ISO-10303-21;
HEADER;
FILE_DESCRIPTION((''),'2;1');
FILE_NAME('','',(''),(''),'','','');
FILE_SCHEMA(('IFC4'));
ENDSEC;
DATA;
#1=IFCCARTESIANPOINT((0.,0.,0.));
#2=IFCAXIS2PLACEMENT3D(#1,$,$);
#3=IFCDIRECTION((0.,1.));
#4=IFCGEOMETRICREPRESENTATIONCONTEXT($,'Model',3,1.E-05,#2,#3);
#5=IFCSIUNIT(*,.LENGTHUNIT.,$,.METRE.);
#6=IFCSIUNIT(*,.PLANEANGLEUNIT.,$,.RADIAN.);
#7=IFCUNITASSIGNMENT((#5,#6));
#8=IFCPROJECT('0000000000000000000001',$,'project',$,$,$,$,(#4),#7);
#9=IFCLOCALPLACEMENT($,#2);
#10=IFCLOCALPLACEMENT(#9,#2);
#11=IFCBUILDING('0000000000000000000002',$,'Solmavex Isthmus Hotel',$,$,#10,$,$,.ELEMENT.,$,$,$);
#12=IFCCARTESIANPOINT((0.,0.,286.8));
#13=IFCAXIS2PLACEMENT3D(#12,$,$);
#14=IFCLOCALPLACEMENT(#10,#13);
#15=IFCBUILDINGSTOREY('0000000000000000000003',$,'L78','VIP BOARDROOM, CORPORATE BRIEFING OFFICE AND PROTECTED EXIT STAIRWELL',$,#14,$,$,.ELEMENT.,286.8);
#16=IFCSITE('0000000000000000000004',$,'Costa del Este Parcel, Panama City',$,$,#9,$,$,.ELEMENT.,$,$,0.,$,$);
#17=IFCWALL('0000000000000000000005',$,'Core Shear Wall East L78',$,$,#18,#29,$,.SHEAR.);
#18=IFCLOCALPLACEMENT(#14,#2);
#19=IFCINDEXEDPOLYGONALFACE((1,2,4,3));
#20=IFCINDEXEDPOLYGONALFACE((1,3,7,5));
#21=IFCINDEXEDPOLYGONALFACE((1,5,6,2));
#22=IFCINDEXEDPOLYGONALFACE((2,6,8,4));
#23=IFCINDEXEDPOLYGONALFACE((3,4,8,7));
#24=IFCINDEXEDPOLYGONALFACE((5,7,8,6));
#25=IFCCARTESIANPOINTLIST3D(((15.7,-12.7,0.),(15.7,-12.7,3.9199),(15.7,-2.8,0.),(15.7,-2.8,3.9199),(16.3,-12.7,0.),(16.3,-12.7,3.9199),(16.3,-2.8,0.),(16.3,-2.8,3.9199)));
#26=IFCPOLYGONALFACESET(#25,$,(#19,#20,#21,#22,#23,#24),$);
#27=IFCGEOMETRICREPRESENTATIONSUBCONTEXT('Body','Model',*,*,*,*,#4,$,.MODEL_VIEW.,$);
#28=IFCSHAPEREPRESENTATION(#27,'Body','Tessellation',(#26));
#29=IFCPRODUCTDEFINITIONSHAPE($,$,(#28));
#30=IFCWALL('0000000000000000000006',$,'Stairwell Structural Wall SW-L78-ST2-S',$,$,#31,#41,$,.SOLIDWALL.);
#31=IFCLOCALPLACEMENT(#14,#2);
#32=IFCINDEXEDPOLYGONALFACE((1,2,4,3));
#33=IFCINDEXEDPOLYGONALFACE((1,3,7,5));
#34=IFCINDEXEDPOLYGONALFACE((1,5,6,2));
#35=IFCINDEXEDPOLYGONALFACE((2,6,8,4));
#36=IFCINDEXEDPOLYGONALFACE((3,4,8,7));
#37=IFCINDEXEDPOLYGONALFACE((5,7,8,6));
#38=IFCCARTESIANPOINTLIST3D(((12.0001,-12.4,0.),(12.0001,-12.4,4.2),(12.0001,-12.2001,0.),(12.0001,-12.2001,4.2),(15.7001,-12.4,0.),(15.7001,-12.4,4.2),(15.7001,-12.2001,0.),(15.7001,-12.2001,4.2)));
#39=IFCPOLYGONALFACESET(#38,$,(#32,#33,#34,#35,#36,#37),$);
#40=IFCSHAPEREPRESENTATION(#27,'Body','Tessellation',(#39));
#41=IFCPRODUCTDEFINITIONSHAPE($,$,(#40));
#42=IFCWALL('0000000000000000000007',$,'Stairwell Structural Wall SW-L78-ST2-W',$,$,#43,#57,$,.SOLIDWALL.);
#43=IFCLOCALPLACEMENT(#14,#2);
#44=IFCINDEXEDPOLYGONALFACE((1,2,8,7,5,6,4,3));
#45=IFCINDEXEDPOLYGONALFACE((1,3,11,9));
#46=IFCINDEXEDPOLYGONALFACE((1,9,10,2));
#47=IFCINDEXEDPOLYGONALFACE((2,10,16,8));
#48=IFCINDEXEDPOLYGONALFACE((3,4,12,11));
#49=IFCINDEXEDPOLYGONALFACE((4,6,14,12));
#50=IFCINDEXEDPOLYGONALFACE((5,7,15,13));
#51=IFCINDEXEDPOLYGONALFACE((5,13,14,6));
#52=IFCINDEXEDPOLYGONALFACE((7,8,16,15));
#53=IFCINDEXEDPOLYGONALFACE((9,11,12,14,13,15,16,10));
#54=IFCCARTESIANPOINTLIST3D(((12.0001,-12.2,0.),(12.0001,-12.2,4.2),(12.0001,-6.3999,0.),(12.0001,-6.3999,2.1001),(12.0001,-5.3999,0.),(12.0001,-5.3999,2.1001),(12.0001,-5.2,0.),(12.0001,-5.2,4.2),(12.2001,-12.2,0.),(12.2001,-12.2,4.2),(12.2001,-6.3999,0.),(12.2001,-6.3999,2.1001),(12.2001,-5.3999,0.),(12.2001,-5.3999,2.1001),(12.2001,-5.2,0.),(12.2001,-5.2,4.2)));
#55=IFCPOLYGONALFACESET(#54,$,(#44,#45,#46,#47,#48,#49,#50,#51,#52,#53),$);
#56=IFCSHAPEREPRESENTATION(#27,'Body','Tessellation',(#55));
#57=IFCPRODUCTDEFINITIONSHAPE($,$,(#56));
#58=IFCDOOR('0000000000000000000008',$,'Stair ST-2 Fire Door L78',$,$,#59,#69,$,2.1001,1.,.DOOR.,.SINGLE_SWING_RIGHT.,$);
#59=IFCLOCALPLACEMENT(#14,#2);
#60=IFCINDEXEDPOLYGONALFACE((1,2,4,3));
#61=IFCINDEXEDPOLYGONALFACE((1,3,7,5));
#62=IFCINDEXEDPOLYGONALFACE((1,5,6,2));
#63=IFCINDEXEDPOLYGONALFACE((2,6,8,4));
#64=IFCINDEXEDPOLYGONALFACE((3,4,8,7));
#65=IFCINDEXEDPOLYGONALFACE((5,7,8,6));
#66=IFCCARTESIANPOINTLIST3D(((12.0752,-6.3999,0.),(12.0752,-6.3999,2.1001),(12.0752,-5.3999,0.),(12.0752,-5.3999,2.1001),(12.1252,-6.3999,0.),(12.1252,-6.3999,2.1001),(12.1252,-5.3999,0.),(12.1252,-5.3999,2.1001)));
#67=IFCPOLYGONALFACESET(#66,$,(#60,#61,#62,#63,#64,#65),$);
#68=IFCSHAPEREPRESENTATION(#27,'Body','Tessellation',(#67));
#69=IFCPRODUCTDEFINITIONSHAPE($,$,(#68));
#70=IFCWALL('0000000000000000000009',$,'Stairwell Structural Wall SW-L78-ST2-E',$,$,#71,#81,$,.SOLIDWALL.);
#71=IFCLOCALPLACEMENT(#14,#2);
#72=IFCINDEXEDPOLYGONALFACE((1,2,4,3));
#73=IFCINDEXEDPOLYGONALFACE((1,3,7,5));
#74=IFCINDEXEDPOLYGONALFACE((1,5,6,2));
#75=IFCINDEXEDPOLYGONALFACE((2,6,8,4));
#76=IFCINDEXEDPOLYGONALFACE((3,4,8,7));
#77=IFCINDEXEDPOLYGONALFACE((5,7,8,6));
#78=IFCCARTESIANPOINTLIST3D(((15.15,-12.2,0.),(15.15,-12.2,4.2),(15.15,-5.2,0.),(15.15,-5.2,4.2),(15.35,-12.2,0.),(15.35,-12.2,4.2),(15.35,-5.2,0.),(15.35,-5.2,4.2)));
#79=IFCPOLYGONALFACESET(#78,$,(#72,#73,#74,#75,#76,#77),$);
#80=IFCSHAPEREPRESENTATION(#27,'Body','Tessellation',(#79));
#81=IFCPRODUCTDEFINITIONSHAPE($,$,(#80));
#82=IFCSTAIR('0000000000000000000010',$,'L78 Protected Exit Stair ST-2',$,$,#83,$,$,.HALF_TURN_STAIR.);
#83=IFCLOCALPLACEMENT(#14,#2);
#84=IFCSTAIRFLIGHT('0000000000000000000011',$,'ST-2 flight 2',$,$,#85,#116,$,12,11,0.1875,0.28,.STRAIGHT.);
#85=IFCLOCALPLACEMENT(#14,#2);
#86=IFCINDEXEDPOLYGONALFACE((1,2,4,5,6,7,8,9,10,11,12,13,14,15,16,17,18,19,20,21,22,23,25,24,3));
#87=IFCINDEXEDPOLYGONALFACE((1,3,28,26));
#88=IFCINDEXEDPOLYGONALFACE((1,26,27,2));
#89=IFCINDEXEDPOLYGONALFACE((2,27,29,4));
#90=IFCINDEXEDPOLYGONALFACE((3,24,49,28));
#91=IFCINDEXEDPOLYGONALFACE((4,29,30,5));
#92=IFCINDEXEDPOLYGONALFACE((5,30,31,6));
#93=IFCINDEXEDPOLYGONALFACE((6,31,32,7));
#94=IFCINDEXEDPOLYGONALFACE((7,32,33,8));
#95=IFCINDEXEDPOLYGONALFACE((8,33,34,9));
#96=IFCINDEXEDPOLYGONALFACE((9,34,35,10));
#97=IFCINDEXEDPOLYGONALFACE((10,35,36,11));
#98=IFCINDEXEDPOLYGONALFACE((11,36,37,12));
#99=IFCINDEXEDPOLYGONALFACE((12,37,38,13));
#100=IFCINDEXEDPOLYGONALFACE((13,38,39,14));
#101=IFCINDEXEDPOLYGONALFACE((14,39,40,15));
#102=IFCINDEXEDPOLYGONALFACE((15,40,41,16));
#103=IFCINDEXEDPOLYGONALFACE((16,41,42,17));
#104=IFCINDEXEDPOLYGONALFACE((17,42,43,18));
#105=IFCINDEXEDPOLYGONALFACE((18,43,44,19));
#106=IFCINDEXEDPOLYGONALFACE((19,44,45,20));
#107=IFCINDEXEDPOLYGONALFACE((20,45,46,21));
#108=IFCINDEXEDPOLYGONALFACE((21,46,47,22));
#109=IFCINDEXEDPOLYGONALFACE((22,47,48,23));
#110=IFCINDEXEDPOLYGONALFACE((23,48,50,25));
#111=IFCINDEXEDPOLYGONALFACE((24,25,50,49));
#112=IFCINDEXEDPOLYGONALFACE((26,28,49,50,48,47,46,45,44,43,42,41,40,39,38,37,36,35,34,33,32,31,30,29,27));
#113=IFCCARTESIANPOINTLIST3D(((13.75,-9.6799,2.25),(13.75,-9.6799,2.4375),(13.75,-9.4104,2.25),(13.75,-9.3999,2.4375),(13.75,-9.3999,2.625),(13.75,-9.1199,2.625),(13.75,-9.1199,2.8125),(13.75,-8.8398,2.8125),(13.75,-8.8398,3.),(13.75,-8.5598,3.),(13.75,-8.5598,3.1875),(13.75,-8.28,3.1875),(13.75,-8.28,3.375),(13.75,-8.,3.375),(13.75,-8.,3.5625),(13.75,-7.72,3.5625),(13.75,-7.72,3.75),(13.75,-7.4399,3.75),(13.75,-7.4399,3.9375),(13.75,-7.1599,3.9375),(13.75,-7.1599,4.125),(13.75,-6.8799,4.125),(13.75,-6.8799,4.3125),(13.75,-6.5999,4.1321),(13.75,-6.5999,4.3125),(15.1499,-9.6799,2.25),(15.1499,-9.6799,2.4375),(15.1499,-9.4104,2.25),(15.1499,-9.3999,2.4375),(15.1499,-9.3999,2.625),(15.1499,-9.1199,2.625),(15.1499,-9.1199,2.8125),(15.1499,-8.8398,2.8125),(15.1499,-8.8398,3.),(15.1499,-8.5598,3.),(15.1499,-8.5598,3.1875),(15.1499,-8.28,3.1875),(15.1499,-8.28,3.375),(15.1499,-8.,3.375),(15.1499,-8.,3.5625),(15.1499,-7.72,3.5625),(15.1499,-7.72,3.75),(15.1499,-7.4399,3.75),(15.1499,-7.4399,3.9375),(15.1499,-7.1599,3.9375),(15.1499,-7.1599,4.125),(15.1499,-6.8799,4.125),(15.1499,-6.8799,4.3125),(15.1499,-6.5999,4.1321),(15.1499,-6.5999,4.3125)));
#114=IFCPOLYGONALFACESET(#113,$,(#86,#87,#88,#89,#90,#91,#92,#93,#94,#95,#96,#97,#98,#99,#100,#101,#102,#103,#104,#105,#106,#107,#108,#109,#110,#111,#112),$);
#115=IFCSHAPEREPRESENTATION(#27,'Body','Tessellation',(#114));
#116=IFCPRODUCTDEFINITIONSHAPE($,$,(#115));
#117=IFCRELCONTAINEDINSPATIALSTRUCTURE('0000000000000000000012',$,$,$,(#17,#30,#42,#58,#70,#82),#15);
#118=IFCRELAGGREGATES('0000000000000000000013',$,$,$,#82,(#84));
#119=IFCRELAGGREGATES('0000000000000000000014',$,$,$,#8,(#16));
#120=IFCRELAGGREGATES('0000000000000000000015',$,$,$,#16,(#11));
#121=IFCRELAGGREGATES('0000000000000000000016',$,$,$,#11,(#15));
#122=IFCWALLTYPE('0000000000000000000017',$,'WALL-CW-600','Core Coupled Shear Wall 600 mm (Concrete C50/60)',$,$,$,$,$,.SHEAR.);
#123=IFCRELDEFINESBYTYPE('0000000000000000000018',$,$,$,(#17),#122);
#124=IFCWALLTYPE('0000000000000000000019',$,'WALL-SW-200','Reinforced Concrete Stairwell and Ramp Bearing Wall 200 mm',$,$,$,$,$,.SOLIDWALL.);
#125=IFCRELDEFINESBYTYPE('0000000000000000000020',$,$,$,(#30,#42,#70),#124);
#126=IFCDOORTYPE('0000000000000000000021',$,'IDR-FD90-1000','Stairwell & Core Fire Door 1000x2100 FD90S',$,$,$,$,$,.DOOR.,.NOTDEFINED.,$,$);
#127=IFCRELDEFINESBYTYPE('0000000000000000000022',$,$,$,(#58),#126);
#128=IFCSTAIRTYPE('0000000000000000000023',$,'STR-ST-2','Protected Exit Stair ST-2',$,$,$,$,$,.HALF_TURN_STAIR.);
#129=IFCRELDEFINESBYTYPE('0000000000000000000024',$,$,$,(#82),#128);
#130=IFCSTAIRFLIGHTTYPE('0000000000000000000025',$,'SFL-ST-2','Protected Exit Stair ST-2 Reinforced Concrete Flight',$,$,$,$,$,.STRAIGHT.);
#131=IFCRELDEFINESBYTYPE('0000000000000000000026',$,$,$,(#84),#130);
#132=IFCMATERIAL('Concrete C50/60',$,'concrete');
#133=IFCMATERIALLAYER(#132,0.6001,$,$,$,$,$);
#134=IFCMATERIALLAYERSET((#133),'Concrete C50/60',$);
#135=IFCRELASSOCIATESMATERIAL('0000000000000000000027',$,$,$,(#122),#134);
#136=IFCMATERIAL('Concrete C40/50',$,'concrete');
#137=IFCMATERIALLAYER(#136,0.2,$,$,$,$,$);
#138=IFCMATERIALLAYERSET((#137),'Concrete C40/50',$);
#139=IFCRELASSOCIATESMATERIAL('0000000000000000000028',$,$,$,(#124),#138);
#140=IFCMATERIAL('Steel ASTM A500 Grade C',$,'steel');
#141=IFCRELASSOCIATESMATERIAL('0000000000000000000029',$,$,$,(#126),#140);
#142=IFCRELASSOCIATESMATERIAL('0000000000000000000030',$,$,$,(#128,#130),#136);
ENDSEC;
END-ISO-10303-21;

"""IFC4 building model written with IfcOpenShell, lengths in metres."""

from ifc_helpers import new_model, si_unit, direction, frame, frame_2d, origin, place, context, subcontext, project, spatial, polyline, rectangle, outline, extrude, material, layer, layer_set, type_object, element, fill, aggregate, save


model = new_model("IFC4")

# Units and contexts
model_context = context("Model", 3, precision=1e-05, world=origin(), true_north=direction((0.0, 1.0)))
body_context = subcontext(model_context, "Body", "Model", "MODEL_VIEW")
ifc_project = project(units=[si_unit("LENGTHUNIT", "METRE"), si_unit("PLANEANGLEUNIT", "RADIAN")], contexts=[model_context])

# Site, building, storey
site_placement = place(None, origin())
site = spatial("IfcSite", under=ifc_project, at=site_placement, Name="Costa del Este Parcel, Panama City", CompositionType="ELEMENT", RefElevation=0.0)
building_placement = place(site_placement, origin())
building = spatial("IfcBuilding", under=site, at=building_placement, Name="Solmavex Isthmus Hotel", CompositionType="ELEMENT")
storey_placement = place(building_placement, frame((0.0, 0.0, 286.8)))
storey = spatial("IfcBuildingStorey", under=building, at=storey_placement, Name="L78", Description="VIP BOARDROOM, CORPORATE BRIEFING OFFICE AND PROTECTED EXIT STAIRWELL", CompositionType="ELEMENT", Elevation=286.8)

# Shared definitions
ifc_material_1 = material(Name="Concrete C50/60", Category="concrete")

# Shared definitions
ifc_material_2 = material(Name="Steel ASTM A500 Grade C", Category="steel")

# Walls
ifc_layer_1 = layer(ifc_material_1, 0.6001)
ifc_layer_set_1 = layer_set([ifc_layer_1], Name="Concrete C50/60")
wall_type_1 = type_object("IfcWallType", Name="WALL-CW-600", Description="Core Coupled Shear Wall 600 mm (Concrete C50/60)", PredefinedType="SHEAR", material=ifc_layer_set_1)
wall_1_placement = place(storey_placement, frame((16.0, -12.7, 0.0), z_axis=(0.0, 0.0, 1.0), x_axis=(0.0, 1.0, 0.0)))
element("IfcWall", 1, at=wall_1_placement, inside=storey, type_object=wall_type_1, Name="Core Shear Wall East L78", PredefinedType="SHEAR", context=body_context, shape_type="SweptSolid", body=[
    extrude(rectangle(XDim=9.8999, YDim=0.6001, at=frame_2d((4.95, 0.0))), origin(), (0.0, 0.0, 1.0), 3.9199),
])
ifc_material_3 = material(Name="Concrete C40/50", Category="concrete")
ifc_layer_2 = layer(ifc_material_3, 0.2)
ifc_layer_set_2 = layer_set([ifc_layer_2], Name="Concrete C40/50")
wall_type_2 = type_object("IfcWallType", Name="WALL-SW-200", Description="Reinforced Concrete Stairwell and Ramp Bearing Wall 200 mm", PredefinedType="SOLIDWALL", material=ifc_layer_set_2)
wall_2_placement = place(storey_placement, frame((12.0, -12.3, 0.0), z_axis=(0.0, 0.0, 1.0), x_axis=(1.0, 0.0, 0.0)))
element("IfcWall", 2, at=wall_2_placement, inside=storey, type_object=wall_type_2, Name="Stairwell Structural Wall SW-L78-ST2-S", PredefinedType="SOLIDWALL", context=body_context, shape_type="SweptSolid", body=[
    extrude(rectangle(XDim=3.7, YDim=0.2, at=frame_2d((1.8501, 0.0))), origin(), (0.0, 0.0, 1.0), 4.2),
])

# Wall, opening, door
wall_3_placement = place(storey_placement, frame((12.1001, -12.2, 0.0), z_axis=(0.0, 0.0, 1.0), x_axis=(0.0, 1.0, 0.0)))
wall_3 = element("IfcWall", 3, at=wall_3_placement, inside=storey, type_object=wall_type_2, Name="Stairwell Structural Wall SW-L78-ST2-W", PredefinedType="SOLIDWALL", context=body_context, shape_type="SweptSolid", body=[
    extrude(rectangle(XDim=7.0, YDim=0.2, at=frame_2d((3.5, 0.0))), origin(), (0.0, 0.0, 1.0), 4.2),
])
opening_1_placement = place(wall_3_placement, frame((5.8, 0.0, 0.0)))
opening_1 = element("IfcOpeningElement", 4, at=opening_1_placement, cuts=wall_3, PredefinedType="OPENING", context=body_context, shape_type="SweptSolid", body=[
    extrude(rectangle(XDim=1.0, YDim=2.1001, at=frame_2d((0.5, 1.05))), frame((0.0, 0.1099, 0.0), z_axis=(0.0, -1.0, 0.0), x_axis=(1.0, 0.0, 0.0)), (0.0, 0.0, 1.0), 0.22),
])
door_type_1 = type_object("IfcDoorType", Name="IDR-FD90-1000", Description="Stairwell & Core Fire Door 1000x2100 FD90S", OperationType="NOTDEFINED", PredefinedType="DOOR", material=ifc_material_2)
door_1_placement = place(opening_1_placement, origin())
door_1 = element("IfcDoor", 5, at=door_1_placement, inside=storey, type_object=door_type_1, Name="Stair ST-2 Fire Door L78", OperationType="SINGLE_SWING_RIGHT", OverallHeight=2.1001, OverallWidth=1.0, PredefinedType="DOOR", context=body_context, shape_type="SweptSolid", body=[
    extrude(rectangle(XDim=1.0, YDim=2.1001, at=frame_2d((0.5, 1.05))), frame((0.0, 0.0249, 0.0), z_axis=(0.0, -1.0, 0.0), x_axis=(1.0, 0.0, 0.0)), (0.0, 0.0, 1.0), 0.05),
])
fill(opening_1, door_1)

# Wall
wall_4_placement = place(storey_placement, frame((15.25, -12.2, 0.0), z_axis=(0.0, 0.0, 1.0), x_axis=(0.0, 1.0, 0.0)))
element("IfcWall", 6, at=wall_4_placement, inside=storey, type_object=wall_type_2, Name="Stairwell Structural Wall SW-L78-ST2-E", PredefinedType="SOLIDWALL", context=body_context, shape_type="SweptSolid", body=[
    extrude(rectangle(XDim=7.0, YDim=0.2, at=frame_2d((3.5, 0.0))), origin(), (0.0, 0.0, 1.0), 4.2),
])

# Stair, stair flight
stair_type = type_object("IfcStairType", Name="STR-ST-2", Description="Protected Exit Stair ST-2", PredefinedType="HALF_TURN_STAIR", material=ifc_material_3)
stair_placement = place(storey_placement, origin())
stair = element("IfcStair", 7, at=stair_placement, inside=storey, type_object=stair_type, Name="L78 Protected Exit Stair ST-2", PredefinedType="HALF_TURN_STAIR")
stair_flight_type = type_object("IfcStairFlightType", Name="SFL-ST-2", Description="Protected Exit Stair ST-2 Reinforced Concrete Flight", PredefinedType="STRAIGHT", material=ifc_material_3)
stair_flight_placement = place(storey_placement, frame((14.45, -9.6799, 2.25), z_axis=(0.0, 0.0, 1.0), x_axis=(0.0, 1.0, 0.0)))
stair_flight = element("IfcStairFlight", 8, at=stair_flight_placement, type_object=stair_flight_type, Name="ST-2 flight 2", NumberOfRisers=12, NumberOfTreads=11, PredefinedType="STRAIGHT", RiserHeight=0.1875, TreadLength=0.28, context=body_context, shape_type="SweptSolid", body=[
    extrude(outline(polyline([(0.0, 0.0), (0.0, 0.1875), (0.28, 0.1875), (0.28, 0.375), (0.5601, 0.375), (0.5601, 0.5625), (0.8401, 0.5625), (0.8401, 0.75), (1.1201, 0.75), (1.1201, 0.9375), (1.3999, 0.9375), (1.3999, 1.125), (1.6799, 1.125), (1.6799, 1.3125), (1.96, 1.3125), (1.96, 1.5), (2.24, 1.5), (2.24, 1.6875), (2.52, 1.6875), (2.52, 1.875), (2.8, 1.875), (2.8, 2.0625), (3.0801, 2.0625), (3.0801, 2.25), (3.0801, 1.8821), (0.2695, 0.0), (0.0, 0.0)])), frame((0.0, 0.7, 0.0), z_axis=(0.0, -1.0, 0.0), x_axis=(1.0, 0.0, 0.0)), (0.0, 0.0, 1.0), 1.3999),
])
aggregate(stair, [stair_flight])

save(model, "model.ifc")
